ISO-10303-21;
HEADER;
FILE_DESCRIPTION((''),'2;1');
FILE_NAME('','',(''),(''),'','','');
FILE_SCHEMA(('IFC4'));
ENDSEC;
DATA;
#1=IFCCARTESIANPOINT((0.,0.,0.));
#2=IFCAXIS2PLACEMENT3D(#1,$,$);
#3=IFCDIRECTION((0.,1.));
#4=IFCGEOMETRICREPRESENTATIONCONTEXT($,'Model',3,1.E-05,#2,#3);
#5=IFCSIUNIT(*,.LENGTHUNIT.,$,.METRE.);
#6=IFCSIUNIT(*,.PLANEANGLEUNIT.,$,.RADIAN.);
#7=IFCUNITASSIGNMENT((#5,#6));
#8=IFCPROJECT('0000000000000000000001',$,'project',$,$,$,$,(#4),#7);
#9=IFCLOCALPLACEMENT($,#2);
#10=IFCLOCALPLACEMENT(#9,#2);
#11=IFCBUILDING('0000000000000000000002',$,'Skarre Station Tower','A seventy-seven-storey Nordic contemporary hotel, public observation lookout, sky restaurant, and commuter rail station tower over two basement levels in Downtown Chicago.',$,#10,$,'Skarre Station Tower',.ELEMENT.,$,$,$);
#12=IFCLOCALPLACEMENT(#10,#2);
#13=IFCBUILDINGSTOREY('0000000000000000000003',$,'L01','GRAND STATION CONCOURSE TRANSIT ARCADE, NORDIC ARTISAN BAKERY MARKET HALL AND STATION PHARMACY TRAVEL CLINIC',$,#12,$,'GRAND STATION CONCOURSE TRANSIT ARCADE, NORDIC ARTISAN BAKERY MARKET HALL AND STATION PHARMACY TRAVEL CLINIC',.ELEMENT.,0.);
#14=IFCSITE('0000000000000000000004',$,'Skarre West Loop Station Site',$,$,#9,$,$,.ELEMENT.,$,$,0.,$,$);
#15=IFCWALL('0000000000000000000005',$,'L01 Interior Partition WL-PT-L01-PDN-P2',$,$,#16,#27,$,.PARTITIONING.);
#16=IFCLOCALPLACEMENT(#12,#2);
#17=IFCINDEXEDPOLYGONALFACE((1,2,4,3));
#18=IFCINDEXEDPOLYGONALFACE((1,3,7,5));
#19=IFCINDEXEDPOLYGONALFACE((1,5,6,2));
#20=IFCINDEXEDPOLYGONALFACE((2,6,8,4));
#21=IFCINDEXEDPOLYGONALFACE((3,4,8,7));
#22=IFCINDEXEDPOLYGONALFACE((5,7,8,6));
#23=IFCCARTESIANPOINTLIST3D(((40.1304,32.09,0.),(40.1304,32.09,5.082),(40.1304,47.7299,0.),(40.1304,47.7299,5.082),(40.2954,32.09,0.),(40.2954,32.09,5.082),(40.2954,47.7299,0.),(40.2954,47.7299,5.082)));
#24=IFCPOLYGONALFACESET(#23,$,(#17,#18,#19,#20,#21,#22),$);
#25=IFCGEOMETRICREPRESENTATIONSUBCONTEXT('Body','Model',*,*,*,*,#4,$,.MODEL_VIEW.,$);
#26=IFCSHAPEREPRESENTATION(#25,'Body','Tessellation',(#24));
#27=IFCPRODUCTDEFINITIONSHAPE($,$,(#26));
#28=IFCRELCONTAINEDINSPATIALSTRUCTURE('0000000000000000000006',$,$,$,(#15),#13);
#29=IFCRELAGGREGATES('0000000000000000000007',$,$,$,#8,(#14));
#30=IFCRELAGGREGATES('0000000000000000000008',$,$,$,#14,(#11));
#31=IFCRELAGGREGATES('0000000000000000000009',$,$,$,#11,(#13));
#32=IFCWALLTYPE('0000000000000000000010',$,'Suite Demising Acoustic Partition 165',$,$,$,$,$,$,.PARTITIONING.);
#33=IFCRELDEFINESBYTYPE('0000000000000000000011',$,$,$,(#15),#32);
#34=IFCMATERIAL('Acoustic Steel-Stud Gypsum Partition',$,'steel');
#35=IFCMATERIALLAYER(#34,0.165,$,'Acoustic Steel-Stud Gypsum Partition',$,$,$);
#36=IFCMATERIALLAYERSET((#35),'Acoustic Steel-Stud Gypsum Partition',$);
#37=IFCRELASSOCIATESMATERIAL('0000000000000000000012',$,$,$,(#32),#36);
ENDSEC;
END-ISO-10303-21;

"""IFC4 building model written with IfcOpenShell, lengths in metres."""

from ifc_helpers import new_model, si_unit, direction, frame, frame_2d, origin, place, context, subcontext, project, spatial, rectangle, extrude, material, layer, layer_set, type_object, element, save


model = new_model("IFC4")

# Units and contexts
model_context = context("Model", 3, precision=1e-05, world=origin(), true_north=direction((0.0, 1.0)))
body_context = subcontext(model_context, "Body", "Model", "MODEL_VIEW")
ifc_project = project(units=[si_unit("LENGTHUNIT", "METRE"), si_unit("PLANEANGLEUNIT", "RADIAN")], contexts=[model_context])

# Site, building, storey
site_placement = place(None, origin())
site = spatial("IfcSite", under=ifc_project, at=site_placement, Name="Skarre West Loop Station Site", CompositionType="ELEMENT", RefElevation=0.0)
building_placement = place(site_placement, origin())
building = spatial("IfcBuilding", under=site, at=building_placement, Name="Skarre Station Tower", Description="A seventy-seven-storey Nordic contemporary hotel, public observation lookout, sky restaurant, and commuter rail station tower over two basement levels in Downtown Chicago.", LongName="Skarre Station Tower", CompositionType="ELEMENT")
storey_placement = place(building_placement, origin())
storey = spatial("IfcBuildingStorey", under=building, at=storey_placement, Name="L01", Description="GRAND STATION CONCOURSE TRANSIT ARCADE, NORDIC ARTISAN BAKERY MARKET HALL AND STATION PHARMACY TRAVEL CLINIC", LongName="GRAND STATION CONCOURSE TRANSIT ARCADE, NORDIC ARTISAN BAKERY MARKET HALL AND STATION PHARMACY TRAVEL CLINIC", CompositionType="ELEMENT", Elevation=0.0)

# Shared definitions
ifc_material_1 = material(Name="Acoustic Steel-Stud Gypsum Partition", Category="steel")

# Wall
ifc_layer_1 = layer(ifc_material_1, 0.165, Name="Acoustic Steel-Stud Gypsum Partition")
ifc_layer_set_1 = layer_set([ifc_layer_1], Name="Acoustic Steel-Stud Gypsum Partition")
wall_type_1 = type_object("IfcWallType", Name="Suite Demising Acoustic Partition 165", PredefinedType="PARTITIONING", material=ifc_layer_set_1)
wall_1_placement = place(storey_placement, frame((40.2129, 32.0901, 0.0), z_axis=(0.0, 0.0, 1.0), x_axis=(0.0, 1.0, 0.0)))
element("IfcWall", 1, at=wall_1_placement, inside=storey, type_object=wall_type_1, Name="L01 Interior Partition WL-PT-L01-PDN-P2", PredefinedType="PARTITIONING", context=body_context, shape_type="SweptSolid", body=[
    extrude(rectangle(XDim=15.6399, YDim=0.165, at=frame_2d((7.8198, 0.0))), origin(), (0.0, 0.0, 1.0), 5.082),
])

save(model, "model.ifc")
